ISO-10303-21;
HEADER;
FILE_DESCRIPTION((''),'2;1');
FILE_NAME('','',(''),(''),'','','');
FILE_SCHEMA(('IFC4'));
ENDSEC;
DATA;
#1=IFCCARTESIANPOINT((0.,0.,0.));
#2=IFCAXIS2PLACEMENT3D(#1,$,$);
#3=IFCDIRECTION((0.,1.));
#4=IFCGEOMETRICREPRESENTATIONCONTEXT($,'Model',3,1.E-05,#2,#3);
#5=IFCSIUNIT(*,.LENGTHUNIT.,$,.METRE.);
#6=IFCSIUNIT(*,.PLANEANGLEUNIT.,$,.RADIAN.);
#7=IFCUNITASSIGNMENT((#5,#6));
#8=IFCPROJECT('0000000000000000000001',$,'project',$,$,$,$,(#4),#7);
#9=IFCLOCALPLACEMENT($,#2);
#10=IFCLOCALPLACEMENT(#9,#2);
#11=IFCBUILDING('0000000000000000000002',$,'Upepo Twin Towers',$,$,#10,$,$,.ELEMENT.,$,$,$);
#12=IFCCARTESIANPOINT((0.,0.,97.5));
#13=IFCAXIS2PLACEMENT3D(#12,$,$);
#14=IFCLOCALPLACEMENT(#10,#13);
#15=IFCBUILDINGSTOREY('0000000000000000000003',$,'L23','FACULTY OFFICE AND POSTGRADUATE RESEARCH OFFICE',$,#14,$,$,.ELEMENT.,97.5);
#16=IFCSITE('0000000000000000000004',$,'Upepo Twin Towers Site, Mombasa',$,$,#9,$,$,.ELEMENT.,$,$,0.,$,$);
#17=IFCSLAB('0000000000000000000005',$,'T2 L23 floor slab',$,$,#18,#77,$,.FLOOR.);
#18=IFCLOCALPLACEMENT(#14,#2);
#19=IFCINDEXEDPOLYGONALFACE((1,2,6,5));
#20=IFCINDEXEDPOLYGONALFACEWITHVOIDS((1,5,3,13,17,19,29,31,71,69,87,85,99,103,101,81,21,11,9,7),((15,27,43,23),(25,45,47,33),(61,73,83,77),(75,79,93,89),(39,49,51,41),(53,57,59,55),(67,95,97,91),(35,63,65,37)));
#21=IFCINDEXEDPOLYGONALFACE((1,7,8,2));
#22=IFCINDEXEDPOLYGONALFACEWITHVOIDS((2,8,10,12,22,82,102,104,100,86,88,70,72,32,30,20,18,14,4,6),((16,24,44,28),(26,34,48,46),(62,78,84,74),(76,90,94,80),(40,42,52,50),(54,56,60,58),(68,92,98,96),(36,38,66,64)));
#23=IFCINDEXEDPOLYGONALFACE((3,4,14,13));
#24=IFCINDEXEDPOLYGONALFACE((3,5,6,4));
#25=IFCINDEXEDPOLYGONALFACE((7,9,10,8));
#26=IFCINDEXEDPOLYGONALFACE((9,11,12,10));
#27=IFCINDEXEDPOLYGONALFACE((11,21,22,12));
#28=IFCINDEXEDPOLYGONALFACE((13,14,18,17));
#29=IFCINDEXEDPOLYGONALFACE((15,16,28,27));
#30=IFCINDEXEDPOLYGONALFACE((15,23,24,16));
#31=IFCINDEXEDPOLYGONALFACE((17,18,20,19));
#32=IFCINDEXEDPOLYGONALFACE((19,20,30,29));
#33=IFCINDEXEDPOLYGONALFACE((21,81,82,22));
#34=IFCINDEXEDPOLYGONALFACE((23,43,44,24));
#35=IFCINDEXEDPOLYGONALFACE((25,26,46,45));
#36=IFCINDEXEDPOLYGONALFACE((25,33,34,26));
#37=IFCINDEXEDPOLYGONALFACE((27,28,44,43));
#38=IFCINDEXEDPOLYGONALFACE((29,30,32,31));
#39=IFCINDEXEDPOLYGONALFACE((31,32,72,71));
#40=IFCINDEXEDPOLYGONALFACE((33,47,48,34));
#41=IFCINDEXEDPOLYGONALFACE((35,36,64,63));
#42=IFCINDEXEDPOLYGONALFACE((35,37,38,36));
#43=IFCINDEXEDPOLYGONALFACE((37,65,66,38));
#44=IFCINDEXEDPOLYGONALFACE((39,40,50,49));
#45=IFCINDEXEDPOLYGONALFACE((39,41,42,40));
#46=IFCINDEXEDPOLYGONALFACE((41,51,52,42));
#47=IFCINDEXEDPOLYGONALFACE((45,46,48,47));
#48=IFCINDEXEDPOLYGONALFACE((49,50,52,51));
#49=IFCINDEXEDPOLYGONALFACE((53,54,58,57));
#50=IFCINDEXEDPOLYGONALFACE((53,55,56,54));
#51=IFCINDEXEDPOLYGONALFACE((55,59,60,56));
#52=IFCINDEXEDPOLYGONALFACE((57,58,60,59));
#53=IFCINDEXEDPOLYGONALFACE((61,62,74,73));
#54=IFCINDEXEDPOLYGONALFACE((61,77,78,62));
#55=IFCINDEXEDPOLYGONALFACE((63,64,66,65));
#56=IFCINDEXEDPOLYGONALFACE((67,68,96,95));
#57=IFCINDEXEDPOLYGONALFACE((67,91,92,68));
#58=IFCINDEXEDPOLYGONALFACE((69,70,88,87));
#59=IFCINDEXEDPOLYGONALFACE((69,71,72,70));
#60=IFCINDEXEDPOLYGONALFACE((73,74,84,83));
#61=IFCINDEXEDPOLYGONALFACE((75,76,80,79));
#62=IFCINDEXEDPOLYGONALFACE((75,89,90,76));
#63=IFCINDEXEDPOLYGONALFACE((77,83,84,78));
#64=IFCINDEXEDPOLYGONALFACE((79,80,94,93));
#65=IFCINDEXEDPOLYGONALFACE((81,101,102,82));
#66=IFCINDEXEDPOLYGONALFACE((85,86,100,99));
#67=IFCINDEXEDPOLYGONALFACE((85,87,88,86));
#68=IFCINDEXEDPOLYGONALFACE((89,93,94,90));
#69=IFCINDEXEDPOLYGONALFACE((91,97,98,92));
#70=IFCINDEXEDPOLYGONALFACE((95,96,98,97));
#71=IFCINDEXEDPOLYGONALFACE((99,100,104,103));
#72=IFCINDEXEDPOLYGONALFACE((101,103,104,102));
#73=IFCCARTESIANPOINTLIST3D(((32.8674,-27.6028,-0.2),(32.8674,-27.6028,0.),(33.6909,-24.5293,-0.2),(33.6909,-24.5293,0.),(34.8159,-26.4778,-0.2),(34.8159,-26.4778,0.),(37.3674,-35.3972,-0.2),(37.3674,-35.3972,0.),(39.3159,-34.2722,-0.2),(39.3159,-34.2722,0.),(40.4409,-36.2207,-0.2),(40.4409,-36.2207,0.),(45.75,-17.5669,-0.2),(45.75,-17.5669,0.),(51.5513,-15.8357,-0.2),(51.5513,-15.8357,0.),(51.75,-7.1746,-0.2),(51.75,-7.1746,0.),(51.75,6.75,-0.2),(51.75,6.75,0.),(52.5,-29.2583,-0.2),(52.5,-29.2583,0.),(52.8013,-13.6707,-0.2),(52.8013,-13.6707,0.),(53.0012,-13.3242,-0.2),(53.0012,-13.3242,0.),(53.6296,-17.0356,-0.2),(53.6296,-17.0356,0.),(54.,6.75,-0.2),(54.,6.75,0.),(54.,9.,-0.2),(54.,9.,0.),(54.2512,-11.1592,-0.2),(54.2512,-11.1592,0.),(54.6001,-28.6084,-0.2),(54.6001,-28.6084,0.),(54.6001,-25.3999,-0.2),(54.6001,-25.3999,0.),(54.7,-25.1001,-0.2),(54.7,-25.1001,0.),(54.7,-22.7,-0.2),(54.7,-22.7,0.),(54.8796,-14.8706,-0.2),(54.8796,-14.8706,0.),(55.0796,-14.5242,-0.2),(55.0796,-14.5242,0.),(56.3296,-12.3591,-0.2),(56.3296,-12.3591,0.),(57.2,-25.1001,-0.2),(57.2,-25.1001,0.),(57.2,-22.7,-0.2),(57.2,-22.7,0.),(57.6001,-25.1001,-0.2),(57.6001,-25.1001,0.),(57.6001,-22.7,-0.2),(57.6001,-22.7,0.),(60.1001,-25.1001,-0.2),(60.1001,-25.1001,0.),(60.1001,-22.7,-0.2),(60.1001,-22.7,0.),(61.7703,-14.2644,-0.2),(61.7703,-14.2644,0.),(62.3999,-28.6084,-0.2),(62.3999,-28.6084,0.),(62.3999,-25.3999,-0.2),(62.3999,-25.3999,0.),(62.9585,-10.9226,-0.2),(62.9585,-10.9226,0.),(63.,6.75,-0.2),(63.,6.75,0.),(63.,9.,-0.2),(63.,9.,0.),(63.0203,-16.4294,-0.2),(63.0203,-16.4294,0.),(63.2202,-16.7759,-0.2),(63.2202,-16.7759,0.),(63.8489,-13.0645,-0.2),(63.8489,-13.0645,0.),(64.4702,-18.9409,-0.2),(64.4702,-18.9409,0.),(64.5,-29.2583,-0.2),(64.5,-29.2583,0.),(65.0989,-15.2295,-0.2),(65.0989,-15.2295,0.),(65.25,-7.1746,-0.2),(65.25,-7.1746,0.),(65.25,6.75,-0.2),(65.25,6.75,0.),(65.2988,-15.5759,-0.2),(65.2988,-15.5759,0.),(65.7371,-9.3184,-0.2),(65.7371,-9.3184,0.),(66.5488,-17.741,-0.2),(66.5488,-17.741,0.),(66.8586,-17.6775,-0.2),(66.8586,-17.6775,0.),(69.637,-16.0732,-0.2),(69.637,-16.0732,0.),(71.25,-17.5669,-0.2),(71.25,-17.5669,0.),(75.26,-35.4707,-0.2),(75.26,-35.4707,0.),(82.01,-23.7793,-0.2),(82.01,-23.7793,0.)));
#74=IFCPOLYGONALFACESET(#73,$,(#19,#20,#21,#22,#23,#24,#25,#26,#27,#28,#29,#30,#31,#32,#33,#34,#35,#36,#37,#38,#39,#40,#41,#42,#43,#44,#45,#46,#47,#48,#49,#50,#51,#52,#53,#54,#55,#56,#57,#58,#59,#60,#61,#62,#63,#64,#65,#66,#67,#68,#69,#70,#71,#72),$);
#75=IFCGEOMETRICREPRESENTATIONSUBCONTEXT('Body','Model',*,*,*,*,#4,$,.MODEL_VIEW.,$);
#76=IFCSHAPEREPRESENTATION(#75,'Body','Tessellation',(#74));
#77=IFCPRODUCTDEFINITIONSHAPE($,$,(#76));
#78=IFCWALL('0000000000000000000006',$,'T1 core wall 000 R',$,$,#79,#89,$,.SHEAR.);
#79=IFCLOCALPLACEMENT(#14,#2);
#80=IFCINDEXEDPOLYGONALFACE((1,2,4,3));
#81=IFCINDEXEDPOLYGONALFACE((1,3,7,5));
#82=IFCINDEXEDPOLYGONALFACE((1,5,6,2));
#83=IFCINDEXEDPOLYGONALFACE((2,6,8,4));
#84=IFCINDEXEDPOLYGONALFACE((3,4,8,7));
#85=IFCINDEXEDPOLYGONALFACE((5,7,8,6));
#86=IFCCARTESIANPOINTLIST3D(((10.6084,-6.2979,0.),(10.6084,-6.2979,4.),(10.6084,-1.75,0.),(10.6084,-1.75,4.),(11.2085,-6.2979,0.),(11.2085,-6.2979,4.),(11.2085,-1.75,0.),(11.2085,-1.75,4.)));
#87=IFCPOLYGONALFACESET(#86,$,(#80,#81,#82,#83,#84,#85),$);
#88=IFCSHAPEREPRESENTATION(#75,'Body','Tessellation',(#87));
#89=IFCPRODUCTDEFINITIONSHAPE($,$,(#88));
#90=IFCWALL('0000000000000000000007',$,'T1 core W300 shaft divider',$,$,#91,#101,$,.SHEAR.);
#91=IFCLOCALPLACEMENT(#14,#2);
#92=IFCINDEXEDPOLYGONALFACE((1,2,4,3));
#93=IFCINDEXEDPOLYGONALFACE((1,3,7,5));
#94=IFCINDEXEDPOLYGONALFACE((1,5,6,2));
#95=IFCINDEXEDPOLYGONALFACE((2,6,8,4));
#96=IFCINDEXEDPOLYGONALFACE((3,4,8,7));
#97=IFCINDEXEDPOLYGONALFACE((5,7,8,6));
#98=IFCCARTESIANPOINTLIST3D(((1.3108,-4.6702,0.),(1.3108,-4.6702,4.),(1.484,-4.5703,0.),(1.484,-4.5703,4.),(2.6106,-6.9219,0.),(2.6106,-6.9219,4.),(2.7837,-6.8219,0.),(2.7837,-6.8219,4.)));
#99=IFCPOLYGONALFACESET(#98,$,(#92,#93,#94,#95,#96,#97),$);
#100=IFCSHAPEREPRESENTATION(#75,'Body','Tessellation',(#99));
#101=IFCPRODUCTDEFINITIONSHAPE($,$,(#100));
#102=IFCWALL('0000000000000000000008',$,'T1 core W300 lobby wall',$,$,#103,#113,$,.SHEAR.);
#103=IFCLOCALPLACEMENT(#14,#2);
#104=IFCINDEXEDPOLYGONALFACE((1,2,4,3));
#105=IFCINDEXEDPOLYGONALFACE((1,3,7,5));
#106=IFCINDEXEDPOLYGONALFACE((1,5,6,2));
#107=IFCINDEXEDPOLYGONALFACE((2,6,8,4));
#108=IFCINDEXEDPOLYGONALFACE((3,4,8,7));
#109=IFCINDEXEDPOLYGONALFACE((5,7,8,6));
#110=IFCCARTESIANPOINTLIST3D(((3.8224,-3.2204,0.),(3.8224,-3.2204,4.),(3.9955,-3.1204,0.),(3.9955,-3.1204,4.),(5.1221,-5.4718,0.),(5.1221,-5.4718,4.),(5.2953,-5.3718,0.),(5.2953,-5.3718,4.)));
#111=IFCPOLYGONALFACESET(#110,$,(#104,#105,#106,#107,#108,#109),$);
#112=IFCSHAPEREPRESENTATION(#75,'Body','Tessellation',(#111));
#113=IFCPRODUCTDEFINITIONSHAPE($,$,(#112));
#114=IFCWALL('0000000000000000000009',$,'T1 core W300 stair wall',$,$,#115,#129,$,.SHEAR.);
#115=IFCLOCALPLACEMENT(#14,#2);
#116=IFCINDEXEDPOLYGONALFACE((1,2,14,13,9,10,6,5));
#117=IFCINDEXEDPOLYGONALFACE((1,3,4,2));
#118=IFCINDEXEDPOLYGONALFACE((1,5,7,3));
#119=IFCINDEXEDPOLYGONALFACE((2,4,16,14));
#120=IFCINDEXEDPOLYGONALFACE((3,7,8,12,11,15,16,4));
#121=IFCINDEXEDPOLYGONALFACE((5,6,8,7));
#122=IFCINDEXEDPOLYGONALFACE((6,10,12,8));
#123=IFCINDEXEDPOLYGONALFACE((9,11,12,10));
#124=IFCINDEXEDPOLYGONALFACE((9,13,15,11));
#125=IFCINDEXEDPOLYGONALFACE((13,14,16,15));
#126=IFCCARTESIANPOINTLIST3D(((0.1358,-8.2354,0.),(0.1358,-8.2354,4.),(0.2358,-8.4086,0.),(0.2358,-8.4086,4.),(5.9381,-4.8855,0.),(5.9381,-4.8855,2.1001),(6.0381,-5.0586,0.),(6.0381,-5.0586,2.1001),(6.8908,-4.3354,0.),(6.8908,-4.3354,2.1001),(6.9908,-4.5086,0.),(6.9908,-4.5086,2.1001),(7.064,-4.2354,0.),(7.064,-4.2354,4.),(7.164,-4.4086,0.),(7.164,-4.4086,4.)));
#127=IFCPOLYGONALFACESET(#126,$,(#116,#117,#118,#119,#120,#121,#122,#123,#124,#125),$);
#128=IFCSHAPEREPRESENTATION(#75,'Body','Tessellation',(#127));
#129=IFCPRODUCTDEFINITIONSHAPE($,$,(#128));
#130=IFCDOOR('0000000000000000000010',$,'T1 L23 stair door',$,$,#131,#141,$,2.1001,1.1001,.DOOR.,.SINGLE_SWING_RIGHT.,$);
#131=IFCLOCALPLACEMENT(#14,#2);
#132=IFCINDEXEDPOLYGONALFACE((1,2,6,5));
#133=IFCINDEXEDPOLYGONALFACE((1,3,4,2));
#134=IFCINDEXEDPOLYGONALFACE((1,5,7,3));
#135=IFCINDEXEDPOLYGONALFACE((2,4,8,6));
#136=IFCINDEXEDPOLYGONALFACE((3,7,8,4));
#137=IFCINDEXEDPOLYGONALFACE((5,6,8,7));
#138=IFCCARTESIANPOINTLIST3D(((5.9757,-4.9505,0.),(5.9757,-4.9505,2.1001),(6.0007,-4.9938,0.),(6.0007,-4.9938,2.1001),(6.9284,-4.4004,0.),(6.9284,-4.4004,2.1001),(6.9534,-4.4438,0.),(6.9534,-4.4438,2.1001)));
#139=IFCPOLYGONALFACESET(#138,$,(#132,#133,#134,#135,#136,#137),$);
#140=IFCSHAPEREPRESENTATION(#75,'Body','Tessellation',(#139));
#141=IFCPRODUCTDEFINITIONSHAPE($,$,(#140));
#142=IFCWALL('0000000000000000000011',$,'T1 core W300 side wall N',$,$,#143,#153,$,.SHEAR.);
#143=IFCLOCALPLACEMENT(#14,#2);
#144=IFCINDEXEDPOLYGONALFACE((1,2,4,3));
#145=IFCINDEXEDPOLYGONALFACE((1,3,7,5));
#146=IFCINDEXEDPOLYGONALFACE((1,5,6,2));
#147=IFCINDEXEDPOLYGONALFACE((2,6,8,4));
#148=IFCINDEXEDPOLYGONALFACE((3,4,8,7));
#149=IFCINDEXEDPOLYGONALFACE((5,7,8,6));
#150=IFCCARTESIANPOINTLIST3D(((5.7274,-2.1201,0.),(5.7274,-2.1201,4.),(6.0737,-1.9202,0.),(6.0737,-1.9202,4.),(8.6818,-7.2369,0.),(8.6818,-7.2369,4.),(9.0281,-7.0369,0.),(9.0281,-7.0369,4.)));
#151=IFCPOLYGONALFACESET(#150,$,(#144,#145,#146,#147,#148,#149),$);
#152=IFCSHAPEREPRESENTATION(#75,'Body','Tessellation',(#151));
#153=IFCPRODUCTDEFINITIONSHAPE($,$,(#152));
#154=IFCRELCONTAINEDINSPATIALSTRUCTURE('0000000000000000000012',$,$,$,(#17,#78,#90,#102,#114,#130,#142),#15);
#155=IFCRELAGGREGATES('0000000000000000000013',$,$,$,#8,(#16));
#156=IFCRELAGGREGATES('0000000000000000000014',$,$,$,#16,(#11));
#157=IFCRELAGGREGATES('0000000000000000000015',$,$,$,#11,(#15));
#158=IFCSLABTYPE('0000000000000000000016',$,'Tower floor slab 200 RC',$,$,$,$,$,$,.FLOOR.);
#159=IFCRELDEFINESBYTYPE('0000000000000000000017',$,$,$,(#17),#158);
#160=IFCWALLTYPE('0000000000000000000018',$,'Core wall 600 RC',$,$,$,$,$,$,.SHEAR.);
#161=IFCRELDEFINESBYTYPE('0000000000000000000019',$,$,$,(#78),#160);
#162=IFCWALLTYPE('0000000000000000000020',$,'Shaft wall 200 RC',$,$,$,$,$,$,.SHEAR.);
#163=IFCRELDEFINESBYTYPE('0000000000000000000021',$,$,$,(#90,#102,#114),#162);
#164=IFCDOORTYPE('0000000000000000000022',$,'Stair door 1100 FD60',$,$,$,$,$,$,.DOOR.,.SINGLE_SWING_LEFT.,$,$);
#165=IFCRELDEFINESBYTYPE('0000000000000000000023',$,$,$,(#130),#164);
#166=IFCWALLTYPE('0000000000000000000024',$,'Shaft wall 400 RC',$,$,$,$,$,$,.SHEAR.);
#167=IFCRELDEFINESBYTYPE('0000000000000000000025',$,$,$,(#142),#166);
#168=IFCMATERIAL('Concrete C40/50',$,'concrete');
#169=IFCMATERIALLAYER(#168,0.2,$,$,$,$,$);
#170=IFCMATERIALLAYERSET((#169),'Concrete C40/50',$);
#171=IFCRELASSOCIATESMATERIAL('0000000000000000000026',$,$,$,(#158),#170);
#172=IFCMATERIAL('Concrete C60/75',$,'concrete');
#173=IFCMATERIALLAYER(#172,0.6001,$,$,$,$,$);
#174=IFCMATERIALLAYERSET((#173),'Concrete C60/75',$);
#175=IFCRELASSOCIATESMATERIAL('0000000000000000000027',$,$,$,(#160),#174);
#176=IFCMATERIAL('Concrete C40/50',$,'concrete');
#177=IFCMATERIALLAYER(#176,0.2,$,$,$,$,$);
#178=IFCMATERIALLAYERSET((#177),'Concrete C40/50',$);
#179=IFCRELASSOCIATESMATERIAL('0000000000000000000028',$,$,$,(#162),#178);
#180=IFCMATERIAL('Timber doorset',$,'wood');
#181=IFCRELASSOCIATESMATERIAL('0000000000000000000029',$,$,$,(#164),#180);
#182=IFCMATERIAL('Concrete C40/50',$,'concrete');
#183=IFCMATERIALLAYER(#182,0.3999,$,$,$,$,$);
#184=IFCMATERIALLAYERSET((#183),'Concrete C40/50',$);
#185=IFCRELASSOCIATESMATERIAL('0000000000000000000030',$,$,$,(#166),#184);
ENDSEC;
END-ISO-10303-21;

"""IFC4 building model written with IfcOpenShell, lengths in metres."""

from ifc_helpers import new_model, si_unit, direction, frame, frame_2d, origin, place, context, subcontext, project, spatial, polyline, rectangle, outline, extrude, material, layer, layer_set, type_object, element, fill, save


model = new_model("IFC4")

# Units and contexts
model_context = context("Model", 3, precision=1e-05, world=origin(), true_north=direction((0.0, 1.0)))
body_context = subcontext(model_context, "Body", "Model", "MODEL_VIEW")
ifc_project = project(units=[si_unit("LENGTHUNIT", "METRE"), si_unit("PLANEANGLEUNIT", "RADIAN")], contexts=[model_context])

# Site, building, storey
site_placement = place(None, origin())
site = spatial("IfcSite", under=ifc_project, at=site_placement, Name="Upepo Twin Towers Site, Mombasa", CompositionType="ELEMENT", RefElevation=0.0)
building_placement = place(site_placement, origin())
building = spatial("IfcBuilding", under=site, at=building_placement, Name="Upepo Twin Towers", CompositionType="ELEMENT")
storey_placement = place(building_placement, frame((0.0, 0.0, 97.5)))
storey = spatial("IfcBuildingStorey", under=building, at=storey_placement, Name="L23", Description="FACULTY OFFICE AND POSTGRADUATE RESEARCH OFFICE", CompositionType="ELEMENT", Elevation=97.5)

# Slab
ifc_material_1 = material(Name="Concrete C40/50", Category="concrete")
ifc_layer_1 = layer(ifc_material_1, 0.2)
ifc_layer_set_1 = layer_set([ifc_layer_1], Name="Concrete C40/50")
slab_type_1 = type_object("IfcSlabType", Name="Tower floor slab 200 RC", PredefinedType="FLOOR", material=ifc_layer_set_1)
slab_1_placement = place(storey_placement, frame((0.0, 0.0, -0.2)))
element("IfcSlab", 1, at=slab_1_placement, inside=storey, type_object=slab_type_1, Name="T2 L23 floor slab", PredefinedType="FLOOR", context=body_context, shape_type="SweptSolid", body=[
    extrude(outline(polyline([(75.26, -35.4707), (64.5, -29.2583), (52.5, -29.2583), (40.4409, -36.2207), (39.3159, -34.2722), (37.3674, -35.3972), (32.8674, -27.6028), (34.8159, -26.4778), (33.6909, -24.5293), (45.75, -17.5669), (51.75, -7.1746), (51.75, 6.75), (54.0, 6.75), (54.0, 9.0), (63.0, 9.0), (63.0, 6.75), (65.25, 6.75), (65.25, -7.1746), (71.25, -17.5669), (82.01, -23.7793), (75.26, -35.4707)]), holes=[polyline([(56.3296, -12.3591), (54.2512, -11.1592), (53.0012, -13.3242), (55.0796, -14.5242), (56.3296, -12.3591)]), polyline([(54.8796, -14.8706), (52.8013, -13.6707), (51.5513, -15.8357), (53.6296, -17.0356), (54.8796, -14.8706)]), polyline([(54.7, -22.7), (54.7, -25.1001), (57.2, -25.1001), (57.2, -22.7), (54.7, -22.7)]), polyline([(57.6001, -22.7), (57.6001, -25.1001), (60.1001, -25.1001), (60.1001, -22.7), (57.6001, -22.7)]), polyline([(54.6001, -25.3999), (54.6001, -28.6084), (62.3999, -28.6084), (62.3999, -25.3999), (54.6001, -25.3999)]), polyline([(64.4702, -18.9409), (66.5488, -17.741), (65.2988, -15.5759), (63.2202, -16.7759), (64.4702, -18.9409)]), polyline([(63.0203, -16.4294), (65.0989, -15.2295), (63.8489, -13.0645), (61.7703, -14.2644), (63.0203, -16.4294)]), polyline([(66.8586, -17.6775), (69.637, -16.0732), (65.7371, -9.3184), (62.9585, -10.9226), (66.8586, -17.6775)])]), origin(), (0.0, 0.0, 1.0), 0.2),
])

# Walls
ifc_material_2 = material(Name="Concrete C60/75", Category="concrete")
ifc_layer_2 = layer(ifc_material_2, 0.6001)
ifc_layer_set_2 = layer_set([ifc_layer_2], Name="Concrete C60/75")
wall_type_1 = type_object("IfcWallType", Name="Core wall 600 RC", PredefinedType="SHEAR", material=ifc_layer_set_2)
wall_1_placement = place(storey_placement, frame((10.9084, -6.2979, 0.0), z_axis=(0.0, 0.0, 1.0), x_axis=(0.0, 1.0, 0.0)))
element("IfcWall", 2, at=wall_1_placement, inside=storey, type_object=wall_type_1, Name="T1 core wall 000 R", PredefinedType="SHEAR", context=body_context, shape_type="SweptSolid", body=[
    extrude(rectangle(XDim=4.5479, YDim=0.6001, at=frame_2d((2.2739, 0.0))), origin(), (0.0, 0.0, 1.0), 4.0),
])
ifc_material_3 = material(Name="Concrete C40/50", Category="concrete")
ifc_layer_3 = layer(ifc_material_3, 0.2)
ifc_layer_set_3 = layer_set([ifc_layer_3], Name="Concrete C40/50")
wall_type_2 = type_object("IfcWallType", Name="Shaft wall 200 RC", PredefinedType="SHEAR", material=ifc_layer_set_3)
wall_2_placement = place(storey_placement, frame((1.3975, -4.6204, 0.0), z_axis=(0.0, 0.0, 1.0), x_axis=(0.499937, -0.866062, 0.0)))
element("IfcWall", 3, at=wall_2_placement, inside=storey, type_object=wall_type_2, Name="T1 core W300 shaft divider", PredefinedType="SHEAR", context=body_context, shape_type="SweptSolid", body=[
    extrude(rectangle(XDim=2.5999, YDim=0.2, at=frame_2d((1.2998, 0.0))), origin(), (0.0, 0.0, 1.0), 4.0),
])
wall_3_placement = place(storey_placement, frame((3.9089, -3.1704, 0.0), z_axis=(0.0, 0.0, 1.0), x_axis=(0.499977, -0.866039, 0.0)))
element("IfcWall", 4, at=wall_3_placement, inside=storey, type_object=wall_type_2, Name="T1 core W300 lobby wall", PredefinedType="SHEAR", context=body_context, shape_type="SweptSolid", body=[
    extrude(rectangle(XDim=2.5996, YDim=0.2, at=frame_2d((1.2998, 0.0))), origin(), (0.0, 0.0, 1.0), 4.0),
])

# Wall, opening, door
wall_4_placement = place(storey_placement, frame((0.1858, -8.322, 0.0), z_axis=(0.0, 0.0, 1.0), x_axis=(0.866026, 0.499999, 0.0)))
wall_4 = element("IfcWall", 5, at=wall_4_placement, inside=storey, type_object=wall_type_2, Name="T1 core W300 stair wall", PredefinedType="SHEAR", context=body_context, shape_type="SweptSolid", body=[
    extrude(rectangle(XDim=8.0, YDim=0.2, at=frame_2d((4.0, 0.0))), origin(), (0.0, 0.0, 1.0), 4.0),
])
opening_1_placement = place(wall_4_placement, frame((6.7, 0.0, 0.0)))
opening_1 = element("IfcOpeningElement", 6, at=opening_1_placement, cuts=wall_4, PredefinedType="OPENING", context=body_context, shape_type="SweptSolid", body=[
    extrude(rectangle(XDim=1.1001, YDim=2.1001, at=frame_2d((0.55, 1.05))), frame((0.0, 0.1099, 0.0), z_axis=(0.0, -1.0, 0.0), x_axis=(1.0, 0.0, 0.0)), (0.0, 0.0, 1.0), 0.22),
])
ifc_material_4 = material(Name="Timber doorset", Category="wood")
door_type_1 = type_object("IfcDoorType", Name="Stair door 1100 FD60", OperationType="SINGLE_SWING_LEFT", PredefinedType="DOOR", material=ifc_material_4)
door_1_placement = place(opening_1_placement, origin())
door_1 = element("IfcDoor", 7, at=door_1_placement, inside=storey, type_object=door_type_1, Name="T1 L23 stair door", OperationType="SINGLE_SWING_RIGHT", OverallHeight=2.1001, OverallWidth=1.1001, PredefinedType="DOOR", context=body_context, shape_type="SweptSolid", body=[
    extrude(rectangle(XDim=1.1001, YDim=2.1001, at=frame_2d((0.55, 1.05))), frame((0.0, 0.0249, 0.0), z_axis=(0.0, -1.0, 0.0), x_axis=(1.0, 0.0, 0.0)), (0.0, 0.0, 1.0), 0.05),
])
fill(opening_1, door_1)

# Wall
ifc_material_5 = material(Name="Concrete C40/50", Category="concrete")
ifc_layer_4 = layer(ifc_material_5, 0.3999)
ifc_layer_set_4 = layer_set([ifc_layer_4], Name="Concrete C40/50")
wall_type_3 = type_object("IfcWallType", Name="Shaft wall 400 RC", PredefinedType="SHEAR", material=ifc_layer_set_4)
wall_5_placement = place(storey_placement, frame((5.9006, -2.0203, 0.0), z_axis=(0.0, 0.0, 1.0), x_axis=(0.500028, -0.866009, 0.0)))
element("IfcWall", 8, at=wall_5_placement, inside=storey, type_object=wall_type_3, Name="T1 core W300 side wall N", PredefinedType="SHEAR", context=body_context, shape_type="SweptSolid", body=[
    extrude(rectangle(XDim=5.9084, YDim=0.3999, at=frame_2d((2.9541, 0.0))), origin(), (0.0, 0.0, 1.0), 4.0),
])

save(model, "model.ifc")
